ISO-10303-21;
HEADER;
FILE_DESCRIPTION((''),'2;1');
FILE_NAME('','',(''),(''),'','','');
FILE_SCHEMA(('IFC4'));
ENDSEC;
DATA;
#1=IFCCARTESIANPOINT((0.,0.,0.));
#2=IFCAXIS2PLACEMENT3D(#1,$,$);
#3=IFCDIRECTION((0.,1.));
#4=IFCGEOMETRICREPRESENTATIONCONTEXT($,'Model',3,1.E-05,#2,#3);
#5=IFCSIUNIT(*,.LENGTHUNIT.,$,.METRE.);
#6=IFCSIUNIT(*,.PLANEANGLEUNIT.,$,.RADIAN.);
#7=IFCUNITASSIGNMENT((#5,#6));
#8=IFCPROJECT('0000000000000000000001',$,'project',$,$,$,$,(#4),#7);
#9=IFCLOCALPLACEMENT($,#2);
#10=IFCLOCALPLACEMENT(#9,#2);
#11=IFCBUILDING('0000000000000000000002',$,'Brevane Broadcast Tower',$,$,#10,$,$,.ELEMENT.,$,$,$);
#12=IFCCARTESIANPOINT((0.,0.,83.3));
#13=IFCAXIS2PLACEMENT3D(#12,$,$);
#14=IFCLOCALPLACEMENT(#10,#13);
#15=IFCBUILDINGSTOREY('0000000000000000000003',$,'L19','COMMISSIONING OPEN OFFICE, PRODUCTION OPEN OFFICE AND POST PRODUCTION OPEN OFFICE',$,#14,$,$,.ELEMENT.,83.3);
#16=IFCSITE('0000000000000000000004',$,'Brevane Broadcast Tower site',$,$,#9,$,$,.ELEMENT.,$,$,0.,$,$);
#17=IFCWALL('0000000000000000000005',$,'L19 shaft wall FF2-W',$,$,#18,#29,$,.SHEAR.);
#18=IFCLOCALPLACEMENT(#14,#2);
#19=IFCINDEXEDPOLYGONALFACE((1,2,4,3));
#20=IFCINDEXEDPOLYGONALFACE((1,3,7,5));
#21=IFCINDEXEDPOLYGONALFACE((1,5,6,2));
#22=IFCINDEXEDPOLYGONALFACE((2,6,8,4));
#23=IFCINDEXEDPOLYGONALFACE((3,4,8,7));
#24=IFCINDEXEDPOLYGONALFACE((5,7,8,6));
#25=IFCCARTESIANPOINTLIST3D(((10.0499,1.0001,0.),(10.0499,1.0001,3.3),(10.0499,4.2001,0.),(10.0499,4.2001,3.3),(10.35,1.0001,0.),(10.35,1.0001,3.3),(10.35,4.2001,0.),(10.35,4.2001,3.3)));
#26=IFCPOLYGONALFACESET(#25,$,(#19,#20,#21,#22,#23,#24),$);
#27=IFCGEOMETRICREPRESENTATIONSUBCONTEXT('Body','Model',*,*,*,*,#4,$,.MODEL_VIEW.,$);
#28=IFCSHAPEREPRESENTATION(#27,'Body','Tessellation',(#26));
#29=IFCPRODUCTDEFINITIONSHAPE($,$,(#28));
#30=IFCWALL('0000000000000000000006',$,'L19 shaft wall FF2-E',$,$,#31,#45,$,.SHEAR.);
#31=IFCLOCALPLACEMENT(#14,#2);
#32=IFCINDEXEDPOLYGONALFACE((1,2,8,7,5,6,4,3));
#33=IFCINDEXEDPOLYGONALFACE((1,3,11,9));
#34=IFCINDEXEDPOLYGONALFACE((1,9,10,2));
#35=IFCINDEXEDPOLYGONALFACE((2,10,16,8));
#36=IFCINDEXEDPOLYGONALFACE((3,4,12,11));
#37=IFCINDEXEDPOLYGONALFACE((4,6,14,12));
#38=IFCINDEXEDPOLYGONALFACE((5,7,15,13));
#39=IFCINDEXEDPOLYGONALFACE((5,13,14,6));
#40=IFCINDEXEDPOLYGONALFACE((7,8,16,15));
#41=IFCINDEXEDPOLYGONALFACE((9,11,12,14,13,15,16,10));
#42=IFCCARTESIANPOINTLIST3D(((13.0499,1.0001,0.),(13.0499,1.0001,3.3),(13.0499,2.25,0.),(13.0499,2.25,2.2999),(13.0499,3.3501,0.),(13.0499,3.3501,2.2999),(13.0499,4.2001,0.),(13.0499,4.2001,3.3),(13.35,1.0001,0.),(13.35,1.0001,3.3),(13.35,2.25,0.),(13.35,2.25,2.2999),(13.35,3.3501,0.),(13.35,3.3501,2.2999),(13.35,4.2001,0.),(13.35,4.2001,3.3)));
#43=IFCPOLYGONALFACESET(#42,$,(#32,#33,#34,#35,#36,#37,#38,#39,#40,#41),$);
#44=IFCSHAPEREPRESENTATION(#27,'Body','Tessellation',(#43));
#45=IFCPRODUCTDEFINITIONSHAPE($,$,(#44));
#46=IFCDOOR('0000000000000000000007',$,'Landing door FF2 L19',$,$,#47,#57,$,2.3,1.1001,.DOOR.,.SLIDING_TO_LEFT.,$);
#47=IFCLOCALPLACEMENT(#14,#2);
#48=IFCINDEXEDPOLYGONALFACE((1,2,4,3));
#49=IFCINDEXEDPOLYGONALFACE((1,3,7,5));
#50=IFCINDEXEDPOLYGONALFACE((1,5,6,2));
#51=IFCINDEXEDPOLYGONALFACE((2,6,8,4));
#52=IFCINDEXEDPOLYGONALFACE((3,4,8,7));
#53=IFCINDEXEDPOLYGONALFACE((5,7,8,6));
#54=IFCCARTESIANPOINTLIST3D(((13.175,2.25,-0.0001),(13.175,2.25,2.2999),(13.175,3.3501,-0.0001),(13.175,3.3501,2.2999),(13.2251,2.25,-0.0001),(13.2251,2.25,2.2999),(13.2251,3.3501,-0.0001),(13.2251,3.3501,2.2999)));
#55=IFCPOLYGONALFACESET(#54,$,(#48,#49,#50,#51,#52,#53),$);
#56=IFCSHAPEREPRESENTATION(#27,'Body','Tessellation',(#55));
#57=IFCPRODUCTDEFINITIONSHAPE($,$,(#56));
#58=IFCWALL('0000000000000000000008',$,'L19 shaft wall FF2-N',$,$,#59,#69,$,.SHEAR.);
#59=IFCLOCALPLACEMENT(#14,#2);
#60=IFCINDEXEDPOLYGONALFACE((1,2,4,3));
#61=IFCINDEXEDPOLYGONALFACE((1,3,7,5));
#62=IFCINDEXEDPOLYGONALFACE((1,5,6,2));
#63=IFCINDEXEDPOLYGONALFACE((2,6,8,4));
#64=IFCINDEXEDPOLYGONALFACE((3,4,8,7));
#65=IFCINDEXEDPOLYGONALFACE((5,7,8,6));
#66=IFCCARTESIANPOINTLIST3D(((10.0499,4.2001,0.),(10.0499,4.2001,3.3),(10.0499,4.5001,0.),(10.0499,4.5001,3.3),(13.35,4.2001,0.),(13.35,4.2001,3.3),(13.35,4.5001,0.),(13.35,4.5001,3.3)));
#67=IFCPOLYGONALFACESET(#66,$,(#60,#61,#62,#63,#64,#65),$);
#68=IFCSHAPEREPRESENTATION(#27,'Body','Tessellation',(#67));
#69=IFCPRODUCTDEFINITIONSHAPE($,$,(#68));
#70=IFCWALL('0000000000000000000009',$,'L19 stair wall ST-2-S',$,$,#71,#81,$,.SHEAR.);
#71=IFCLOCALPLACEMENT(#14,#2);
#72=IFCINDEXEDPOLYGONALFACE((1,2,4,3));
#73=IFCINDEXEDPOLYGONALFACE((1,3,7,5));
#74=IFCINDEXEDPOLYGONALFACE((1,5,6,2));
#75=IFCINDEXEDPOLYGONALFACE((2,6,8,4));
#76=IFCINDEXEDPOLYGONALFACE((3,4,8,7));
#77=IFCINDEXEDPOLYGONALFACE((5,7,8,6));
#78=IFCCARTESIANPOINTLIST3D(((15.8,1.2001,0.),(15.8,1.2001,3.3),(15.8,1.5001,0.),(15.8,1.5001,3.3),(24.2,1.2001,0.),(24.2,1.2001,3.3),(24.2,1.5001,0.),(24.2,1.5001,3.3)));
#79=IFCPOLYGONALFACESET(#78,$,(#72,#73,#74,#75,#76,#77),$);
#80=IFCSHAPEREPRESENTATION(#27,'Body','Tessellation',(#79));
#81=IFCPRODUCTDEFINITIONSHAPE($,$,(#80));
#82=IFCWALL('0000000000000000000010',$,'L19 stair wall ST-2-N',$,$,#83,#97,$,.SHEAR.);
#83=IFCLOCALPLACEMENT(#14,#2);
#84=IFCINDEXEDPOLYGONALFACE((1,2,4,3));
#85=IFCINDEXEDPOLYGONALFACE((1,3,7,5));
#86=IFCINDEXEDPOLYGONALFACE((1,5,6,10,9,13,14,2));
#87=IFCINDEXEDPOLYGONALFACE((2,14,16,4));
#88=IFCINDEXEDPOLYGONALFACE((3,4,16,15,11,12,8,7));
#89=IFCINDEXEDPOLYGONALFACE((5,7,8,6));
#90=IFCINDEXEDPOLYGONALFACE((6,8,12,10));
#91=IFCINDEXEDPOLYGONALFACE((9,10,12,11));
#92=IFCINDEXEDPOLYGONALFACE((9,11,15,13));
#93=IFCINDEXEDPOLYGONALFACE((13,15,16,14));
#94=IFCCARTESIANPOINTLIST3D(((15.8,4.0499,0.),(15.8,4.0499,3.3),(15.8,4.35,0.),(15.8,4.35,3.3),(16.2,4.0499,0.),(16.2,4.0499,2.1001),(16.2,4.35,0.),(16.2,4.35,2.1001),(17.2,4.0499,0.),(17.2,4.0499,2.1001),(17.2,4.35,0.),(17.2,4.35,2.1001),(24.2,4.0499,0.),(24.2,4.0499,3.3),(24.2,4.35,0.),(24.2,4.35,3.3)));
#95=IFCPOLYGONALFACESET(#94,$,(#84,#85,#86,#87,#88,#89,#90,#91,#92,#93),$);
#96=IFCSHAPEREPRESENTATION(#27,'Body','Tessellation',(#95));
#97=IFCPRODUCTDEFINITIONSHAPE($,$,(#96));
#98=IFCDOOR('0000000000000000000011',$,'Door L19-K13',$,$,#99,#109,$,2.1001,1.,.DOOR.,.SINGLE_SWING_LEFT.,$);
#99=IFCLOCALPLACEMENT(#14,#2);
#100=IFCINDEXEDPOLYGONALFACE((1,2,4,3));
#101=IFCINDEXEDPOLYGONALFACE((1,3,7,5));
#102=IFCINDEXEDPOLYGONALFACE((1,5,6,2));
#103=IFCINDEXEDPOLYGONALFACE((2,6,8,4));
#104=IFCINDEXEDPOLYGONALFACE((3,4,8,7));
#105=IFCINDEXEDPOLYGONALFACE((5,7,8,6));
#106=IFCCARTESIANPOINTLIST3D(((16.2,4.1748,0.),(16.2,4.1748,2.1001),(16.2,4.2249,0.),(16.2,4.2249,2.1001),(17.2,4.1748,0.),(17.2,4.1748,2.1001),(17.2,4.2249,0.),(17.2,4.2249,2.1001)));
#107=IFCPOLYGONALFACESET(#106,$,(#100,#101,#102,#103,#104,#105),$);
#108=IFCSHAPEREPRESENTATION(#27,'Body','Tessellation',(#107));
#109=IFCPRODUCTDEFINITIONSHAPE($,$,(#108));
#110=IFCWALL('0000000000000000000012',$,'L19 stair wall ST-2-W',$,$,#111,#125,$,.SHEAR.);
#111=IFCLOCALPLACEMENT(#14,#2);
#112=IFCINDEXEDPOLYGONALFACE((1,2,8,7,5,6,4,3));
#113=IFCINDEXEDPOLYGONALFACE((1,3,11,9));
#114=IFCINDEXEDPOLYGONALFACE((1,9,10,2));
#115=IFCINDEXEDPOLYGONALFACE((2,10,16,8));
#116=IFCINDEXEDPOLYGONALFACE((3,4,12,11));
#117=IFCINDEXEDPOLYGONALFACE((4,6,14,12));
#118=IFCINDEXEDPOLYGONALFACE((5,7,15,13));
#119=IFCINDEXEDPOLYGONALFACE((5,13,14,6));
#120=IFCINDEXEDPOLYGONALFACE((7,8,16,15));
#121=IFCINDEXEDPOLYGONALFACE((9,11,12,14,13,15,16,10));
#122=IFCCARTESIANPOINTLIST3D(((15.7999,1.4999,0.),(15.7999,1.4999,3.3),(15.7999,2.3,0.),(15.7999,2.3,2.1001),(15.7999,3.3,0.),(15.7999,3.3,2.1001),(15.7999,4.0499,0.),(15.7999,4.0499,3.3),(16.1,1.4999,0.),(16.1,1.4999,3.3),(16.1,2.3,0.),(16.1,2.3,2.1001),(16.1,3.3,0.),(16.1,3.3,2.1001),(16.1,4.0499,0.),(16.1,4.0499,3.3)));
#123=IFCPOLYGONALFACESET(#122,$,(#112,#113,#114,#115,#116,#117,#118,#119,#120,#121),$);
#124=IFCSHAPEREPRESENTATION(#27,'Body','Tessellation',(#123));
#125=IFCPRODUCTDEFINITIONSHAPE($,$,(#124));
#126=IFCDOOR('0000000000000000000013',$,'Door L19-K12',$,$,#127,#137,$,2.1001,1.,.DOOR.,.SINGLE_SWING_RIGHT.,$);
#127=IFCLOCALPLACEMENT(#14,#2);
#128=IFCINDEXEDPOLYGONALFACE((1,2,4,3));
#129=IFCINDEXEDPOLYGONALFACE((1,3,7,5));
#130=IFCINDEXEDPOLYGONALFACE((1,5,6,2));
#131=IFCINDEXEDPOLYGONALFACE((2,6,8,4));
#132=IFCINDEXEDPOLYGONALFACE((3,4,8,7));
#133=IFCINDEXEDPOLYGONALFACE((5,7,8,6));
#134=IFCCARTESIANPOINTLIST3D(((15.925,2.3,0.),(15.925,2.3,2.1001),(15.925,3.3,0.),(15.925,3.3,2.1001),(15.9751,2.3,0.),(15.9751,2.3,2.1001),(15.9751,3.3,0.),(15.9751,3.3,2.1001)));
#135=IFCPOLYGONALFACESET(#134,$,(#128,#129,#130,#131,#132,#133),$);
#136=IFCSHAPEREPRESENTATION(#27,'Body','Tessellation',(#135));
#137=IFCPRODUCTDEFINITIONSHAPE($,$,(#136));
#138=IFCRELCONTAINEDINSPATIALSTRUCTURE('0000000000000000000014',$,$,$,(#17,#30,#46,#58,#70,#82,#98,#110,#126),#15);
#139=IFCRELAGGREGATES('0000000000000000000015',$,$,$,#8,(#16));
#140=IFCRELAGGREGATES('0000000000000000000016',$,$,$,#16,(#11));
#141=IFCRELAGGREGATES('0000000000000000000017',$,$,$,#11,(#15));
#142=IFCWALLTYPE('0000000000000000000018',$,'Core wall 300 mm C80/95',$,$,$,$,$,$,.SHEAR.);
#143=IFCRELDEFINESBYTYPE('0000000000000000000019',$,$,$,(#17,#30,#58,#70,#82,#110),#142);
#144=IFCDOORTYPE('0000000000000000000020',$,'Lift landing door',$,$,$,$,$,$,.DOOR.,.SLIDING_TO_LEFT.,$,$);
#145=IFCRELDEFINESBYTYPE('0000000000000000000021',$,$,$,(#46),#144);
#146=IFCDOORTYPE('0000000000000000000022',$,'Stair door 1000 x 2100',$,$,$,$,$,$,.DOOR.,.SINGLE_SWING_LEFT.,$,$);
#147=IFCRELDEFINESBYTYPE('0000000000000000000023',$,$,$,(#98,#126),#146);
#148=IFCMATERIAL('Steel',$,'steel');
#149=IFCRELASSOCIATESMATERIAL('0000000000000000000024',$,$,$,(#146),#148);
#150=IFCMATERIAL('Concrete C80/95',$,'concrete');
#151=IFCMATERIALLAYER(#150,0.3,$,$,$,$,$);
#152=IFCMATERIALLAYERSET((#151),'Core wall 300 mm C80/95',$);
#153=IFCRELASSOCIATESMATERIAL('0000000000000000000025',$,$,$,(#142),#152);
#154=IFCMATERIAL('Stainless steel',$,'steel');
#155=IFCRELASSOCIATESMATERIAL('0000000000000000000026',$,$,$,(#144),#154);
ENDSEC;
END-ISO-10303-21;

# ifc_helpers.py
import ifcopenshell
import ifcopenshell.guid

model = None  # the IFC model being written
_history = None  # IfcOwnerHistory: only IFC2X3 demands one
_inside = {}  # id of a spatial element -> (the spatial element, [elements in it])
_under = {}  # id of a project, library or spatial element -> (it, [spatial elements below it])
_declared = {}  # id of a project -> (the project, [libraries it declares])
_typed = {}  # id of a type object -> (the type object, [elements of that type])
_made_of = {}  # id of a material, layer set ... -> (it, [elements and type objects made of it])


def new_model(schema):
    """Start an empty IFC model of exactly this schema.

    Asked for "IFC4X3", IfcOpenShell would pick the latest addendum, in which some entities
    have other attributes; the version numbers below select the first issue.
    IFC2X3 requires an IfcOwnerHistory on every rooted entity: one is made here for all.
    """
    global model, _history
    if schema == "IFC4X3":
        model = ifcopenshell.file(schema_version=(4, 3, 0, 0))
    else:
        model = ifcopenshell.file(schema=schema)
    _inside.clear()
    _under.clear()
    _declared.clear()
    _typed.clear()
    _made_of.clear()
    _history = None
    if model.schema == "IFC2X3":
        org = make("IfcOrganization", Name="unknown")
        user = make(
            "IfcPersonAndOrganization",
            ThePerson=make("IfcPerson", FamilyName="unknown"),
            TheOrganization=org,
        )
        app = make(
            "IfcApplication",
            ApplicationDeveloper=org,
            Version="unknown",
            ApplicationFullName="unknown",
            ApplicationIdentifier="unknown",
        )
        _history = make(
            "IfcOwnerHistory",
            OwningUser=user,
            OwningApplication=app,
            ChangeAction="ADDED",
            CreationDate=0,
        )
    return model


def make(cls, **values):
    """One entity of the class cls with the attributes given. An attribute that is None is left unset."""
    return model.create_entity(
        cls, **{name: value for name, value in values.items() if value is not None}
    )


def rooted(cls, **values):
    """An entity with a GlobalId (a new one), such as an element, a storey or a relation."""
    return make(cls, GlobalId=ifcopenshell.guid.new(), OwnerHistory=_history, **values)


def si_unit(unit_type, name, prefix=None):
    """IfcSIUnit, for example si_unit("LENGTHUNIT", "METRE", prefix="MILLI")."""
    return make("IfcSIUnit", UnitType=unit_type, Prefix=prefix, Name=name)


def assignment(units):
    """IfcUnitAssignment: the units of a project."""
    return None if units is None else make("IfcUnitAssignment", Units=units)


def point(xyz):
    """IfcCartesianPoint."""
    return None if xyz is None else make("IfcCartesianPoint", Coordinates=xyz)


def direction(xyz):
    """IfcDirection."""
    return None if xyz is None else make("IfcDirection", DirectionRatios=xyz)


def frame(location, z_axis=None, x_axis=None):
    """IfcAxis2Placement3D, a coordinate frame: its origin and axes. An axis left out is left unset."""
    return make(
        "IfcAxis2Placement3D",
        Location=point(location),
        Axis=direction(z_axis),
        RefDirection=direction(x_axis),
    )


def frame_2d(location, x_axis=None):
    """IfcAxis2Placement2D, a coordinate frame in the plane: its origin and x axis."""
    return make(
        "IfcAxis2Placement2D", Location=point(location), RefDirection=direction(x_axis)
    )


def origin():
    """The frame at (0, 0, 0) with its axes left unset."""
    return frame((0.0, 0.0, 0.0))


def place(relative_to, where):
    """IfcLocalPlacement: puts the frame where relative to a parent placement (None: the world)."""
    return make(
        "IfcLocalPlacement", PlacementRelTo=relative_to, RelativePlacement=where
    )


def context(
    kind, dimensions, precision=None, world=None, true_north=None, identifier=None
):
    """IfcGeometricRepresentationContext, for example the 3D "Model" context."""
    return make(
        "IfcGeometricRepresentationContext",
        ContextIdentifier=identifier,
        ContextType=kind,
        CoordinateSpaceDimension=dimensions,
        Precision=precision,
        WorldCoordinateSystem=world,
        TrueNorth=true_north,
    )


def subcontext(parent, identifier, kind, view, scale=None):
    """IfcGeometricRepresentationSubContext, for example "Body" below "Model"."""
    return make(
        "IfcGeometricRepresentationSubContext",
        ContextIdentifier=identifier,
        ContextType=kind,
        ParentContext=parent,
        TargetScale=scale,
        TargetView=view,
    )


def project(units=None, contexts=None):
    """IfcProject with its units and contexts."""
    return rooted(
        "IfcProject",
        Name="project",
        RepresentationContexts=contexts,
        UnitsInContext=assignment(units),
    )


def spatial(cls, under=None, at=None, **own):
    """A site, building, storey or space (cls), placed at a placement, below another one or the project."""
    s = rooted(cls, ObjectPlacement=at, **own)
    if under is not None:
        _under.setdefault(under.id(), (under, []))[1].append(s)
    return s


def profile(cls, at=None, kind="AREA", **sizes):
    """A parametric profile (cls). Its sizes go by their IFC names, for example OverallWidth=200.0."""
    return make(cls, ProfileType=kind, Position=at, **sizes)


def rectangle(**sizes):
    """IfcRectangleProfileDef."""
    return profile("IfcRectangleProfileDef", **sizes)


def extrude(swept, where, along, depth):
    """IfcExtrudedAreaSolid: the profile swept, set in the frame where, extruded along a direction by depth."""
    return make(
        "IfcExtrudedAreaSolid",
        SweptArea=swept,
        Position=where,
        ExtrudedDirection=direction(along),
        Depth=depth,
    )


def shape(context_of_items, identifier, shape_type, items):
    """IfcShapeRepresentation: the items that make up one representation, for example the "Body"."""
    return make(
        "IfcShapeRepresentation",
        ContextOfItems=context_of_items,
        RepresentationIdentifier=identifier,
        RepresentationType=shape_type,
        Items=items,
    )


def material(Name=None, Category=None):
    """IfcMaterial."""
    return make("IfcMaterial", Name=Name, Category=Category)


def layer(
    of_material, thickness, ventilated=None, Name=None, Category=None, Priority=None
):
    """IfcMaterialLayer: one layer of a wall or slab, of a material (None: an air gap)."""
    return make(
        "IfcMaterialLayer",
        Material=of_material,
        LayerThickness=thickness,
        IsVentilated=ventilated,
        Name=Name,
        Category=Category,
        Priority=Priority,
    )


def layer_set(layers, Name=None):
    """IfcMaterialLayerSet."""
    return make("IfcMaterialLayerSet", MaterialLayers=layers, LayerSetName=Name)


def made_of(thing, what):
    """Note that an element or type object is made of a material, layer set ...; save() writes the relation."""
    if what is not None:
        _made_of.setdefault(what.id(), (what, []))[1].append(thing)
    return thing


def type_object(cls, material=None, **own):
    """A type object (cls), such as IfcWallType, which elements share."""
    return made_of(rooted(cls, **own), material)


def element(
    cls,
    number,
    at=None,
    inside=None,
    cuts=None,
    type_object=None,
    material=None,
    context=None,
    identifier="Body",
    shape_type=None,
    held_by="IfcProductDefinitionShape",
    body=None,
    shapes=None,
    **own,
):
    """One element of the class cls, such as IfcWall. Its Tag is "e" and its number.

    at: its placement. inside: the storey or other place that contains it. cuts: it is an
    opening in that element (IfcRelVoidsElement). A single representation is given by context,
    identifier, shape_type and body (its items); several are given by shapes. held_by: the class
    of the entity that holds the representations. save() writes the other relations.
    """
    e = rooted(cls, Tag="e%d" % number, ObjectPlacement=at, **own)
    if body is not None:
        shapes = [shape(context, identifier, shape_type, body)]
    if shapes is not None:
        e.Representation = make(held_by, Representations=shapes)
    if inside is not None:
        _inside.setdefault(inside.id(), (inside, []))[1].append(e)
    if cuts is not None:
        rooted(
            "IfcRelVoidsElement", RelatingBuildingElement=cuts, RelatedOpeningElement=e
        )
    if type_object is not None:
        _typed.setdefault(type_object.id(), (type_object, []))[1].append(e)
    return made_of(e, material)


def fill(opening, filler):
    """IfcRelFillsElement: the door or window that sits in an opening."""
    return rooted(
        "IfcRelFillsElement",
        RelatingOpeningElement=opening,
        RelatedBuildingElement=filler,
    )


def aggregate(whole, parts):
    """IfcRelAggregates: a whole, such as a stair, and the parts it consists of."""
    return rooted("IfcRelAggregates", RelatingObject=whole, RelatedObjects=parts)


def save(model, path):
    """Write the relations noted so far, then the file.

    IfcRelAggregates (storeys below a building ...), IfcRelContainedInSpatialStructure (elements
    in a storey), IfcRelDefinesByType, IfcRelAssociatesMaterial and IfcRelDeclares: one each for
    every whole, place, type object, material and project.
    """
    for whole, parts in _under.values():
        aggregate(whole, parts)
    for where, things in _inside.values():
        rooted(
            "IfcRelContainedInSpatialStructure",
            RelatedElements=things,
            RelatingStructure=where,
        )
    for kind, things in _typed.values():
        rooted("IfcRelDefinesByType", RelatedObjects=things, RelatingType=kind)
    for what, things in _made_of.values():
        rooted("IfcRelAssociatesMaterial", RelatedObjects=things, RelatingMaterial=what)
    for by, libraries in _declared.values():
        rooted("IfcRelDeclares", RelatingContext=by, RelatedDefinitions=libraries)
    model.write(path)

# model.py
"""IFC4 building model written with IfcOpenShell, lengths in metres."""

from ifc_helpers import new_model, si_unit, direction, frame, frame_2d, origin, place, context, subcontext, project, spatial, rectangle, extrude, material, layer, layer_set, type_object, element, fill, save


model = new_model("IFC4")

# Units and contexts
model_context = context("Model", 3, precision=1e-05, world=origin(), true_north=direction((0.0, 1.0)))
body_context = subcontext(model_context, "Body", "Model", "MODEL_VIEW")
ifc_project = project(units=[si_unit("LENGTHUNIT", "METRE"), si_unit("PLANEANGLEUNIT", "RADIAN")], contexts=[model_context])

# Site, building, storey
site_placement = place(None, origin())
site = spatial("IfcSite", under=ifc_project, at=site_placement, Name="Brevane Broadcast Tower site", CompositionType="ELEMENT", RefElevation=0.0)
building_placement = place(site_placement, origin())
building = spatial("IfcBuilding", under=site, at=building_placement, Name="Brevane Broadcast Tower", CompositionType="ELEMENT")
storey_placement = place(building_placement, frame((0.0, 0.0, 83.3)))
storey = spatial("IfcBuildingStorey", under=building, at=storey_placement, Name="L19", Description="COMMISSIONING OPEN OFFICE, PRODUCTION OPEN OFFICE AND POST PRODUCTION OPEN OFFICE", CompositionType="ELEMENT", Elevation=83.3)

# Shared definitions
ifc_material_1 = material(Name="Steel", Category="steel")
door_type_1 = type_object("IfcDoorType", Name="Stair door 1000 x 2100", OperationType="SINGLE_SWING_LEFT", PredefinedType="DOOR", material=ifc_material_1)

# Wall
ifc_material_2 = material(Name="Concrete C80/95", Category="concrete")
ifc_layer_1 = layer(ifc_material_2, 0.3)
ifc_layer_set_1 = layer_set([ifc_layer_1], Name="Core wall 300 mm C80/95")
wall_type_1 = type_object("IfcWallType", Name="Core wall 300 mm C80/95", PredefinedType="SHEAR", material=ifc_layer_set_1)
wall_1_placement = place(storey_placement, frame((10.2, 1.0, 0.0), z_axis=(0.0, 0.0, 1.0), x_axis=(0.0, 1.0, 0.0)))
element("IfcWall", 1, at=wall_1_placement, inside=storey, type_object=wall_type_1, Name="L19 shaft wall FF2-W", PredefinedType="SHEAR", context=body_context, shape_type="SweptSolid", body=[
    extrude(rectangle(XDim=3.2, YDim=0.3, at=frame_2d((1.6001, 0.0))), origin(), (0.0, 0.0, 1.0), 3.3),
])

# Wall, opening, door
wall_2_placement = place(storey_placement, frame((13.2, 1.0, 0.0), z_axis=(0.0, 0.0, 1.0), x_axis=(0.0, 1.0, 0.0)))
wall_2 = element("IfcWall", 2, at=wall_2_placement, inside=storey, type_object=wall_type_1, Name="L19 shaft wall FF2-E", PredefinedType="SHEAR", context=body_context, shape_type="SweptSolid", body=[
    extrude(rectangle(XDim=3.2, YDim=0.3, at=frame_2d((1.6001, 0.0))), origin(), (0.0, 0.0, 1.0), 3.3),
])
opening_1_placement = place(wall_2_placement, frame((1.25, 0.0, 0.0)))
opening_1 = element("IfcOpeningElement", 3, at=opening_1_placement, cuts=wall_2, PredefinedType="OPENING", context=body_context, shape_type="SweptSolid", body=[
    extrude(rectangle(XDim=1.1001, YDim=2.3, at=frame_2d((0.55, 1.1499))), frame((0.0, 0.1599, 0.0), z_axis=(0.0, -1.0, 0.0), x_axis=(1.0, 0.0, 0.0)), (0.0, 0.0, 1.0), 0.3201),
])
ifc_material_3 = material(Name="Stainless steel", Category="steel")
door_type_2 = type_object("IfcDoorType", Name="Lift landing door", OperationType="SLIDING_TO_LEFT", PredefinedType="DOOR", material=ifc_material_3)
door_1_placement = place(opening_1_placement, origin())
door_1 = element("IfcDoor", 4, at=door_1_placement, inside=storey, type_object=door_type_2, Name="Landing door FF2 L19", OperationType="SLIDING_TO_LEFT", OverallHeight=2.3, OverallWidth=1.1001, PredefinedType="DOOR", context=body_context, shape_type="SweptSolid", body=[
    extrude(rectangle(XDim=1.1001, YDim=2.3, at=frame_2d((0.55, 1.1499))), frame((0.0, 0.0249, 0.0), z_axis=(0.0, -1.0, 0.0), x_axis=(1.0, 0.0, 0.0)), (0.0, 0.0, 1.0), 0.05),
])
fill(opening_1, door_1)

# Walls
wall_3_placement = place(storey_placement, frame((10.05, 4.3501, 0.0), z_axis=(0.0, 0.0, 1.0), x_axis=(1.0, 0.0, 0.0)))
element("IfcWall", 5, at=wall_3_placement, inside=storey, type_object=wall_type_1, Name="L19 shaft wall FF2-N", PredefinedType="SHEAR", context=body_context, shape_type="SweptSolid", body=[
    extrude(rectangle(XDim=3.3, YDim=0.3, at=frame_2d((1.6499, 0.0))), origin(), (0.0, 0.0, 1.0), 3.3),
])
wall_4_placement = place(storey_placement, frame((15.8, 1.3501, 0.0), z_axis=(0.0, 0.0, 1.0), x_axis=(1.0, 0.0, 0.0)))
element("IfcWall", 6, at=wall_4_placement, inside=storey, type_object=wall_type_1, Name="L19 stair wall ST-2-S", PredefinedType="SHEAR", context=body_context, shape_type="SweptSolid", body=[
    extrude(rectangle(XDim=8.3999, YDim=0.3, at=frame_2d((4.2, 0.0))), origin(), (0.0, 0.0, 1.0), 3.3),
])

# Walls, openings, doors
wall_5_placement = place(storey_placement, frame((15.8, 4.2, 0.0), z_axis=(0.0, 0.0, 1.0), x_axis=(1.0, 0.0, 0.0)))
wall_5 = element("IfcWall", 7, at=wall_5_placement, inside=storey, type_object=wall_type_1, Name="L19 stair wall ST-2-N", PredefinedType="SHEAR", context=body_context, shape_type="SweptSolid", body=[
    extrude(rectangle(XDim=8.3999, YDim=0.3, at=frame_2d((4.2, 0.0))), origin(), (0.0, 0.0, 1.0), 3.3),
])
opening_2_placement = place(wall_5_placement, frame((0.3999, 0.0, 0.0)))
opening_2 = element("IfcOpeningElement", 8, at=opening_2_placement, cuts=wall_5, PredefinedType="OPENING", context=body_context, shape_type="SweptSolid", body=[
    extrude(rectangle(XDim=1.0, YDim=2.1001, at=frame_2d((0.5, 1.05))), frame((0.0, 0.1599, 0.0), z_axis=(0.0, -1.0, 0.0), x_axis=(1.0, 0.0, 0.0)), (0.0, 0.0, 1.0), 0.3201),
])
door_2_placement = place(opening_2_placement, origin())
door_2 = element("IfcDoor", 9, at=door_2_placement, inside=storey, type_object=door_type_1, Name="Door L19-K13", OperationType="SINGLE_SWING_LEFT", OverallHeight=2.1001, OverallWidth=1.0, PredefinedType="DOOR", context=body_context, shape_type="SweptSolid", body=[
    extrude(rectangle(XDim=1.0, YDim=2.1001, at=frame_2d((0.5, 1.05))), frame((0.0, 0.0249, 0.0), z_axis=(0.0, -1.0, 0.0), x_axis=(1.0, 0.0, 0.0)), (0.0, 0.0, 1.0), 0.05),
])
fill(opening_2, door_2)
wall_6_placement = place(storey_placement, frame((15.95, 1.5, 0.0), z_axis=(0.0, 0.0, 1.0), x_axis=(0.0, 1.0, 0.0)))
wall_6 = element("IfcWall", 10, at=wall_6_placement, inside=storey, type_object=wall_type_1, Name="L19 stair wall ST-2-W", PredefinedType="SHEAR", context=body_context, shape_type="SweptSolid", body=[
    extrude(rectangle(XDim=2.55, YDim=0.3, at=frame_2d((1.2749, 0.0))), origin(), (0.0, 0.0, 1.0), 3.3),
])
opening_3_placement = place(wall_6_placement, frame((0.8, 0.0, 0.0)))
opening_3 = element("IfcOpeningElement", 11, at=opening_3_placement, cuts=wall_6, PredefinedType="OPENING", context=body_context, shape_type="SweptSolid", body=[
    extrude(rectangle(XDim=1.0, YDim=2.1001, at=frame_2d((0.5, 1.05))), frame((0.0, 0.1599, 0.0), z_axis=(0.0, -1.0, 0.0), x_axis=(1.0, 0.0, 0.0)), (0.0, 0.0, 1.0), 0.3201),
])
door_3_placement = place(opening_3_placement, origin())
door_3 = element("IfcDoor", 12, at=door_3_placement, inside=storey, type_object=door_type_1, Name="Door L19-K12", OperationType="SINGLE_SWING_RIGHT", OverallHeight=2.1001, OverallWidth=1.0, PredefinedType="DOOR", context=body_context, shape_type="SweptSolid", body=[
    extrude(rectangle(XDim=1.0, YDim=2.1001, at=frame_2d((0.5, 1.05))), frame((0.0, 0.0249, 0.0), z_axis=(0.0, -1.0, 0.0), x_axis=(1.0, 0.0, 0.0)), (0.0, 0.0, 1.0), 0.05),
])
fill(opening_3, door_3)

save(model, "model.ifc")
